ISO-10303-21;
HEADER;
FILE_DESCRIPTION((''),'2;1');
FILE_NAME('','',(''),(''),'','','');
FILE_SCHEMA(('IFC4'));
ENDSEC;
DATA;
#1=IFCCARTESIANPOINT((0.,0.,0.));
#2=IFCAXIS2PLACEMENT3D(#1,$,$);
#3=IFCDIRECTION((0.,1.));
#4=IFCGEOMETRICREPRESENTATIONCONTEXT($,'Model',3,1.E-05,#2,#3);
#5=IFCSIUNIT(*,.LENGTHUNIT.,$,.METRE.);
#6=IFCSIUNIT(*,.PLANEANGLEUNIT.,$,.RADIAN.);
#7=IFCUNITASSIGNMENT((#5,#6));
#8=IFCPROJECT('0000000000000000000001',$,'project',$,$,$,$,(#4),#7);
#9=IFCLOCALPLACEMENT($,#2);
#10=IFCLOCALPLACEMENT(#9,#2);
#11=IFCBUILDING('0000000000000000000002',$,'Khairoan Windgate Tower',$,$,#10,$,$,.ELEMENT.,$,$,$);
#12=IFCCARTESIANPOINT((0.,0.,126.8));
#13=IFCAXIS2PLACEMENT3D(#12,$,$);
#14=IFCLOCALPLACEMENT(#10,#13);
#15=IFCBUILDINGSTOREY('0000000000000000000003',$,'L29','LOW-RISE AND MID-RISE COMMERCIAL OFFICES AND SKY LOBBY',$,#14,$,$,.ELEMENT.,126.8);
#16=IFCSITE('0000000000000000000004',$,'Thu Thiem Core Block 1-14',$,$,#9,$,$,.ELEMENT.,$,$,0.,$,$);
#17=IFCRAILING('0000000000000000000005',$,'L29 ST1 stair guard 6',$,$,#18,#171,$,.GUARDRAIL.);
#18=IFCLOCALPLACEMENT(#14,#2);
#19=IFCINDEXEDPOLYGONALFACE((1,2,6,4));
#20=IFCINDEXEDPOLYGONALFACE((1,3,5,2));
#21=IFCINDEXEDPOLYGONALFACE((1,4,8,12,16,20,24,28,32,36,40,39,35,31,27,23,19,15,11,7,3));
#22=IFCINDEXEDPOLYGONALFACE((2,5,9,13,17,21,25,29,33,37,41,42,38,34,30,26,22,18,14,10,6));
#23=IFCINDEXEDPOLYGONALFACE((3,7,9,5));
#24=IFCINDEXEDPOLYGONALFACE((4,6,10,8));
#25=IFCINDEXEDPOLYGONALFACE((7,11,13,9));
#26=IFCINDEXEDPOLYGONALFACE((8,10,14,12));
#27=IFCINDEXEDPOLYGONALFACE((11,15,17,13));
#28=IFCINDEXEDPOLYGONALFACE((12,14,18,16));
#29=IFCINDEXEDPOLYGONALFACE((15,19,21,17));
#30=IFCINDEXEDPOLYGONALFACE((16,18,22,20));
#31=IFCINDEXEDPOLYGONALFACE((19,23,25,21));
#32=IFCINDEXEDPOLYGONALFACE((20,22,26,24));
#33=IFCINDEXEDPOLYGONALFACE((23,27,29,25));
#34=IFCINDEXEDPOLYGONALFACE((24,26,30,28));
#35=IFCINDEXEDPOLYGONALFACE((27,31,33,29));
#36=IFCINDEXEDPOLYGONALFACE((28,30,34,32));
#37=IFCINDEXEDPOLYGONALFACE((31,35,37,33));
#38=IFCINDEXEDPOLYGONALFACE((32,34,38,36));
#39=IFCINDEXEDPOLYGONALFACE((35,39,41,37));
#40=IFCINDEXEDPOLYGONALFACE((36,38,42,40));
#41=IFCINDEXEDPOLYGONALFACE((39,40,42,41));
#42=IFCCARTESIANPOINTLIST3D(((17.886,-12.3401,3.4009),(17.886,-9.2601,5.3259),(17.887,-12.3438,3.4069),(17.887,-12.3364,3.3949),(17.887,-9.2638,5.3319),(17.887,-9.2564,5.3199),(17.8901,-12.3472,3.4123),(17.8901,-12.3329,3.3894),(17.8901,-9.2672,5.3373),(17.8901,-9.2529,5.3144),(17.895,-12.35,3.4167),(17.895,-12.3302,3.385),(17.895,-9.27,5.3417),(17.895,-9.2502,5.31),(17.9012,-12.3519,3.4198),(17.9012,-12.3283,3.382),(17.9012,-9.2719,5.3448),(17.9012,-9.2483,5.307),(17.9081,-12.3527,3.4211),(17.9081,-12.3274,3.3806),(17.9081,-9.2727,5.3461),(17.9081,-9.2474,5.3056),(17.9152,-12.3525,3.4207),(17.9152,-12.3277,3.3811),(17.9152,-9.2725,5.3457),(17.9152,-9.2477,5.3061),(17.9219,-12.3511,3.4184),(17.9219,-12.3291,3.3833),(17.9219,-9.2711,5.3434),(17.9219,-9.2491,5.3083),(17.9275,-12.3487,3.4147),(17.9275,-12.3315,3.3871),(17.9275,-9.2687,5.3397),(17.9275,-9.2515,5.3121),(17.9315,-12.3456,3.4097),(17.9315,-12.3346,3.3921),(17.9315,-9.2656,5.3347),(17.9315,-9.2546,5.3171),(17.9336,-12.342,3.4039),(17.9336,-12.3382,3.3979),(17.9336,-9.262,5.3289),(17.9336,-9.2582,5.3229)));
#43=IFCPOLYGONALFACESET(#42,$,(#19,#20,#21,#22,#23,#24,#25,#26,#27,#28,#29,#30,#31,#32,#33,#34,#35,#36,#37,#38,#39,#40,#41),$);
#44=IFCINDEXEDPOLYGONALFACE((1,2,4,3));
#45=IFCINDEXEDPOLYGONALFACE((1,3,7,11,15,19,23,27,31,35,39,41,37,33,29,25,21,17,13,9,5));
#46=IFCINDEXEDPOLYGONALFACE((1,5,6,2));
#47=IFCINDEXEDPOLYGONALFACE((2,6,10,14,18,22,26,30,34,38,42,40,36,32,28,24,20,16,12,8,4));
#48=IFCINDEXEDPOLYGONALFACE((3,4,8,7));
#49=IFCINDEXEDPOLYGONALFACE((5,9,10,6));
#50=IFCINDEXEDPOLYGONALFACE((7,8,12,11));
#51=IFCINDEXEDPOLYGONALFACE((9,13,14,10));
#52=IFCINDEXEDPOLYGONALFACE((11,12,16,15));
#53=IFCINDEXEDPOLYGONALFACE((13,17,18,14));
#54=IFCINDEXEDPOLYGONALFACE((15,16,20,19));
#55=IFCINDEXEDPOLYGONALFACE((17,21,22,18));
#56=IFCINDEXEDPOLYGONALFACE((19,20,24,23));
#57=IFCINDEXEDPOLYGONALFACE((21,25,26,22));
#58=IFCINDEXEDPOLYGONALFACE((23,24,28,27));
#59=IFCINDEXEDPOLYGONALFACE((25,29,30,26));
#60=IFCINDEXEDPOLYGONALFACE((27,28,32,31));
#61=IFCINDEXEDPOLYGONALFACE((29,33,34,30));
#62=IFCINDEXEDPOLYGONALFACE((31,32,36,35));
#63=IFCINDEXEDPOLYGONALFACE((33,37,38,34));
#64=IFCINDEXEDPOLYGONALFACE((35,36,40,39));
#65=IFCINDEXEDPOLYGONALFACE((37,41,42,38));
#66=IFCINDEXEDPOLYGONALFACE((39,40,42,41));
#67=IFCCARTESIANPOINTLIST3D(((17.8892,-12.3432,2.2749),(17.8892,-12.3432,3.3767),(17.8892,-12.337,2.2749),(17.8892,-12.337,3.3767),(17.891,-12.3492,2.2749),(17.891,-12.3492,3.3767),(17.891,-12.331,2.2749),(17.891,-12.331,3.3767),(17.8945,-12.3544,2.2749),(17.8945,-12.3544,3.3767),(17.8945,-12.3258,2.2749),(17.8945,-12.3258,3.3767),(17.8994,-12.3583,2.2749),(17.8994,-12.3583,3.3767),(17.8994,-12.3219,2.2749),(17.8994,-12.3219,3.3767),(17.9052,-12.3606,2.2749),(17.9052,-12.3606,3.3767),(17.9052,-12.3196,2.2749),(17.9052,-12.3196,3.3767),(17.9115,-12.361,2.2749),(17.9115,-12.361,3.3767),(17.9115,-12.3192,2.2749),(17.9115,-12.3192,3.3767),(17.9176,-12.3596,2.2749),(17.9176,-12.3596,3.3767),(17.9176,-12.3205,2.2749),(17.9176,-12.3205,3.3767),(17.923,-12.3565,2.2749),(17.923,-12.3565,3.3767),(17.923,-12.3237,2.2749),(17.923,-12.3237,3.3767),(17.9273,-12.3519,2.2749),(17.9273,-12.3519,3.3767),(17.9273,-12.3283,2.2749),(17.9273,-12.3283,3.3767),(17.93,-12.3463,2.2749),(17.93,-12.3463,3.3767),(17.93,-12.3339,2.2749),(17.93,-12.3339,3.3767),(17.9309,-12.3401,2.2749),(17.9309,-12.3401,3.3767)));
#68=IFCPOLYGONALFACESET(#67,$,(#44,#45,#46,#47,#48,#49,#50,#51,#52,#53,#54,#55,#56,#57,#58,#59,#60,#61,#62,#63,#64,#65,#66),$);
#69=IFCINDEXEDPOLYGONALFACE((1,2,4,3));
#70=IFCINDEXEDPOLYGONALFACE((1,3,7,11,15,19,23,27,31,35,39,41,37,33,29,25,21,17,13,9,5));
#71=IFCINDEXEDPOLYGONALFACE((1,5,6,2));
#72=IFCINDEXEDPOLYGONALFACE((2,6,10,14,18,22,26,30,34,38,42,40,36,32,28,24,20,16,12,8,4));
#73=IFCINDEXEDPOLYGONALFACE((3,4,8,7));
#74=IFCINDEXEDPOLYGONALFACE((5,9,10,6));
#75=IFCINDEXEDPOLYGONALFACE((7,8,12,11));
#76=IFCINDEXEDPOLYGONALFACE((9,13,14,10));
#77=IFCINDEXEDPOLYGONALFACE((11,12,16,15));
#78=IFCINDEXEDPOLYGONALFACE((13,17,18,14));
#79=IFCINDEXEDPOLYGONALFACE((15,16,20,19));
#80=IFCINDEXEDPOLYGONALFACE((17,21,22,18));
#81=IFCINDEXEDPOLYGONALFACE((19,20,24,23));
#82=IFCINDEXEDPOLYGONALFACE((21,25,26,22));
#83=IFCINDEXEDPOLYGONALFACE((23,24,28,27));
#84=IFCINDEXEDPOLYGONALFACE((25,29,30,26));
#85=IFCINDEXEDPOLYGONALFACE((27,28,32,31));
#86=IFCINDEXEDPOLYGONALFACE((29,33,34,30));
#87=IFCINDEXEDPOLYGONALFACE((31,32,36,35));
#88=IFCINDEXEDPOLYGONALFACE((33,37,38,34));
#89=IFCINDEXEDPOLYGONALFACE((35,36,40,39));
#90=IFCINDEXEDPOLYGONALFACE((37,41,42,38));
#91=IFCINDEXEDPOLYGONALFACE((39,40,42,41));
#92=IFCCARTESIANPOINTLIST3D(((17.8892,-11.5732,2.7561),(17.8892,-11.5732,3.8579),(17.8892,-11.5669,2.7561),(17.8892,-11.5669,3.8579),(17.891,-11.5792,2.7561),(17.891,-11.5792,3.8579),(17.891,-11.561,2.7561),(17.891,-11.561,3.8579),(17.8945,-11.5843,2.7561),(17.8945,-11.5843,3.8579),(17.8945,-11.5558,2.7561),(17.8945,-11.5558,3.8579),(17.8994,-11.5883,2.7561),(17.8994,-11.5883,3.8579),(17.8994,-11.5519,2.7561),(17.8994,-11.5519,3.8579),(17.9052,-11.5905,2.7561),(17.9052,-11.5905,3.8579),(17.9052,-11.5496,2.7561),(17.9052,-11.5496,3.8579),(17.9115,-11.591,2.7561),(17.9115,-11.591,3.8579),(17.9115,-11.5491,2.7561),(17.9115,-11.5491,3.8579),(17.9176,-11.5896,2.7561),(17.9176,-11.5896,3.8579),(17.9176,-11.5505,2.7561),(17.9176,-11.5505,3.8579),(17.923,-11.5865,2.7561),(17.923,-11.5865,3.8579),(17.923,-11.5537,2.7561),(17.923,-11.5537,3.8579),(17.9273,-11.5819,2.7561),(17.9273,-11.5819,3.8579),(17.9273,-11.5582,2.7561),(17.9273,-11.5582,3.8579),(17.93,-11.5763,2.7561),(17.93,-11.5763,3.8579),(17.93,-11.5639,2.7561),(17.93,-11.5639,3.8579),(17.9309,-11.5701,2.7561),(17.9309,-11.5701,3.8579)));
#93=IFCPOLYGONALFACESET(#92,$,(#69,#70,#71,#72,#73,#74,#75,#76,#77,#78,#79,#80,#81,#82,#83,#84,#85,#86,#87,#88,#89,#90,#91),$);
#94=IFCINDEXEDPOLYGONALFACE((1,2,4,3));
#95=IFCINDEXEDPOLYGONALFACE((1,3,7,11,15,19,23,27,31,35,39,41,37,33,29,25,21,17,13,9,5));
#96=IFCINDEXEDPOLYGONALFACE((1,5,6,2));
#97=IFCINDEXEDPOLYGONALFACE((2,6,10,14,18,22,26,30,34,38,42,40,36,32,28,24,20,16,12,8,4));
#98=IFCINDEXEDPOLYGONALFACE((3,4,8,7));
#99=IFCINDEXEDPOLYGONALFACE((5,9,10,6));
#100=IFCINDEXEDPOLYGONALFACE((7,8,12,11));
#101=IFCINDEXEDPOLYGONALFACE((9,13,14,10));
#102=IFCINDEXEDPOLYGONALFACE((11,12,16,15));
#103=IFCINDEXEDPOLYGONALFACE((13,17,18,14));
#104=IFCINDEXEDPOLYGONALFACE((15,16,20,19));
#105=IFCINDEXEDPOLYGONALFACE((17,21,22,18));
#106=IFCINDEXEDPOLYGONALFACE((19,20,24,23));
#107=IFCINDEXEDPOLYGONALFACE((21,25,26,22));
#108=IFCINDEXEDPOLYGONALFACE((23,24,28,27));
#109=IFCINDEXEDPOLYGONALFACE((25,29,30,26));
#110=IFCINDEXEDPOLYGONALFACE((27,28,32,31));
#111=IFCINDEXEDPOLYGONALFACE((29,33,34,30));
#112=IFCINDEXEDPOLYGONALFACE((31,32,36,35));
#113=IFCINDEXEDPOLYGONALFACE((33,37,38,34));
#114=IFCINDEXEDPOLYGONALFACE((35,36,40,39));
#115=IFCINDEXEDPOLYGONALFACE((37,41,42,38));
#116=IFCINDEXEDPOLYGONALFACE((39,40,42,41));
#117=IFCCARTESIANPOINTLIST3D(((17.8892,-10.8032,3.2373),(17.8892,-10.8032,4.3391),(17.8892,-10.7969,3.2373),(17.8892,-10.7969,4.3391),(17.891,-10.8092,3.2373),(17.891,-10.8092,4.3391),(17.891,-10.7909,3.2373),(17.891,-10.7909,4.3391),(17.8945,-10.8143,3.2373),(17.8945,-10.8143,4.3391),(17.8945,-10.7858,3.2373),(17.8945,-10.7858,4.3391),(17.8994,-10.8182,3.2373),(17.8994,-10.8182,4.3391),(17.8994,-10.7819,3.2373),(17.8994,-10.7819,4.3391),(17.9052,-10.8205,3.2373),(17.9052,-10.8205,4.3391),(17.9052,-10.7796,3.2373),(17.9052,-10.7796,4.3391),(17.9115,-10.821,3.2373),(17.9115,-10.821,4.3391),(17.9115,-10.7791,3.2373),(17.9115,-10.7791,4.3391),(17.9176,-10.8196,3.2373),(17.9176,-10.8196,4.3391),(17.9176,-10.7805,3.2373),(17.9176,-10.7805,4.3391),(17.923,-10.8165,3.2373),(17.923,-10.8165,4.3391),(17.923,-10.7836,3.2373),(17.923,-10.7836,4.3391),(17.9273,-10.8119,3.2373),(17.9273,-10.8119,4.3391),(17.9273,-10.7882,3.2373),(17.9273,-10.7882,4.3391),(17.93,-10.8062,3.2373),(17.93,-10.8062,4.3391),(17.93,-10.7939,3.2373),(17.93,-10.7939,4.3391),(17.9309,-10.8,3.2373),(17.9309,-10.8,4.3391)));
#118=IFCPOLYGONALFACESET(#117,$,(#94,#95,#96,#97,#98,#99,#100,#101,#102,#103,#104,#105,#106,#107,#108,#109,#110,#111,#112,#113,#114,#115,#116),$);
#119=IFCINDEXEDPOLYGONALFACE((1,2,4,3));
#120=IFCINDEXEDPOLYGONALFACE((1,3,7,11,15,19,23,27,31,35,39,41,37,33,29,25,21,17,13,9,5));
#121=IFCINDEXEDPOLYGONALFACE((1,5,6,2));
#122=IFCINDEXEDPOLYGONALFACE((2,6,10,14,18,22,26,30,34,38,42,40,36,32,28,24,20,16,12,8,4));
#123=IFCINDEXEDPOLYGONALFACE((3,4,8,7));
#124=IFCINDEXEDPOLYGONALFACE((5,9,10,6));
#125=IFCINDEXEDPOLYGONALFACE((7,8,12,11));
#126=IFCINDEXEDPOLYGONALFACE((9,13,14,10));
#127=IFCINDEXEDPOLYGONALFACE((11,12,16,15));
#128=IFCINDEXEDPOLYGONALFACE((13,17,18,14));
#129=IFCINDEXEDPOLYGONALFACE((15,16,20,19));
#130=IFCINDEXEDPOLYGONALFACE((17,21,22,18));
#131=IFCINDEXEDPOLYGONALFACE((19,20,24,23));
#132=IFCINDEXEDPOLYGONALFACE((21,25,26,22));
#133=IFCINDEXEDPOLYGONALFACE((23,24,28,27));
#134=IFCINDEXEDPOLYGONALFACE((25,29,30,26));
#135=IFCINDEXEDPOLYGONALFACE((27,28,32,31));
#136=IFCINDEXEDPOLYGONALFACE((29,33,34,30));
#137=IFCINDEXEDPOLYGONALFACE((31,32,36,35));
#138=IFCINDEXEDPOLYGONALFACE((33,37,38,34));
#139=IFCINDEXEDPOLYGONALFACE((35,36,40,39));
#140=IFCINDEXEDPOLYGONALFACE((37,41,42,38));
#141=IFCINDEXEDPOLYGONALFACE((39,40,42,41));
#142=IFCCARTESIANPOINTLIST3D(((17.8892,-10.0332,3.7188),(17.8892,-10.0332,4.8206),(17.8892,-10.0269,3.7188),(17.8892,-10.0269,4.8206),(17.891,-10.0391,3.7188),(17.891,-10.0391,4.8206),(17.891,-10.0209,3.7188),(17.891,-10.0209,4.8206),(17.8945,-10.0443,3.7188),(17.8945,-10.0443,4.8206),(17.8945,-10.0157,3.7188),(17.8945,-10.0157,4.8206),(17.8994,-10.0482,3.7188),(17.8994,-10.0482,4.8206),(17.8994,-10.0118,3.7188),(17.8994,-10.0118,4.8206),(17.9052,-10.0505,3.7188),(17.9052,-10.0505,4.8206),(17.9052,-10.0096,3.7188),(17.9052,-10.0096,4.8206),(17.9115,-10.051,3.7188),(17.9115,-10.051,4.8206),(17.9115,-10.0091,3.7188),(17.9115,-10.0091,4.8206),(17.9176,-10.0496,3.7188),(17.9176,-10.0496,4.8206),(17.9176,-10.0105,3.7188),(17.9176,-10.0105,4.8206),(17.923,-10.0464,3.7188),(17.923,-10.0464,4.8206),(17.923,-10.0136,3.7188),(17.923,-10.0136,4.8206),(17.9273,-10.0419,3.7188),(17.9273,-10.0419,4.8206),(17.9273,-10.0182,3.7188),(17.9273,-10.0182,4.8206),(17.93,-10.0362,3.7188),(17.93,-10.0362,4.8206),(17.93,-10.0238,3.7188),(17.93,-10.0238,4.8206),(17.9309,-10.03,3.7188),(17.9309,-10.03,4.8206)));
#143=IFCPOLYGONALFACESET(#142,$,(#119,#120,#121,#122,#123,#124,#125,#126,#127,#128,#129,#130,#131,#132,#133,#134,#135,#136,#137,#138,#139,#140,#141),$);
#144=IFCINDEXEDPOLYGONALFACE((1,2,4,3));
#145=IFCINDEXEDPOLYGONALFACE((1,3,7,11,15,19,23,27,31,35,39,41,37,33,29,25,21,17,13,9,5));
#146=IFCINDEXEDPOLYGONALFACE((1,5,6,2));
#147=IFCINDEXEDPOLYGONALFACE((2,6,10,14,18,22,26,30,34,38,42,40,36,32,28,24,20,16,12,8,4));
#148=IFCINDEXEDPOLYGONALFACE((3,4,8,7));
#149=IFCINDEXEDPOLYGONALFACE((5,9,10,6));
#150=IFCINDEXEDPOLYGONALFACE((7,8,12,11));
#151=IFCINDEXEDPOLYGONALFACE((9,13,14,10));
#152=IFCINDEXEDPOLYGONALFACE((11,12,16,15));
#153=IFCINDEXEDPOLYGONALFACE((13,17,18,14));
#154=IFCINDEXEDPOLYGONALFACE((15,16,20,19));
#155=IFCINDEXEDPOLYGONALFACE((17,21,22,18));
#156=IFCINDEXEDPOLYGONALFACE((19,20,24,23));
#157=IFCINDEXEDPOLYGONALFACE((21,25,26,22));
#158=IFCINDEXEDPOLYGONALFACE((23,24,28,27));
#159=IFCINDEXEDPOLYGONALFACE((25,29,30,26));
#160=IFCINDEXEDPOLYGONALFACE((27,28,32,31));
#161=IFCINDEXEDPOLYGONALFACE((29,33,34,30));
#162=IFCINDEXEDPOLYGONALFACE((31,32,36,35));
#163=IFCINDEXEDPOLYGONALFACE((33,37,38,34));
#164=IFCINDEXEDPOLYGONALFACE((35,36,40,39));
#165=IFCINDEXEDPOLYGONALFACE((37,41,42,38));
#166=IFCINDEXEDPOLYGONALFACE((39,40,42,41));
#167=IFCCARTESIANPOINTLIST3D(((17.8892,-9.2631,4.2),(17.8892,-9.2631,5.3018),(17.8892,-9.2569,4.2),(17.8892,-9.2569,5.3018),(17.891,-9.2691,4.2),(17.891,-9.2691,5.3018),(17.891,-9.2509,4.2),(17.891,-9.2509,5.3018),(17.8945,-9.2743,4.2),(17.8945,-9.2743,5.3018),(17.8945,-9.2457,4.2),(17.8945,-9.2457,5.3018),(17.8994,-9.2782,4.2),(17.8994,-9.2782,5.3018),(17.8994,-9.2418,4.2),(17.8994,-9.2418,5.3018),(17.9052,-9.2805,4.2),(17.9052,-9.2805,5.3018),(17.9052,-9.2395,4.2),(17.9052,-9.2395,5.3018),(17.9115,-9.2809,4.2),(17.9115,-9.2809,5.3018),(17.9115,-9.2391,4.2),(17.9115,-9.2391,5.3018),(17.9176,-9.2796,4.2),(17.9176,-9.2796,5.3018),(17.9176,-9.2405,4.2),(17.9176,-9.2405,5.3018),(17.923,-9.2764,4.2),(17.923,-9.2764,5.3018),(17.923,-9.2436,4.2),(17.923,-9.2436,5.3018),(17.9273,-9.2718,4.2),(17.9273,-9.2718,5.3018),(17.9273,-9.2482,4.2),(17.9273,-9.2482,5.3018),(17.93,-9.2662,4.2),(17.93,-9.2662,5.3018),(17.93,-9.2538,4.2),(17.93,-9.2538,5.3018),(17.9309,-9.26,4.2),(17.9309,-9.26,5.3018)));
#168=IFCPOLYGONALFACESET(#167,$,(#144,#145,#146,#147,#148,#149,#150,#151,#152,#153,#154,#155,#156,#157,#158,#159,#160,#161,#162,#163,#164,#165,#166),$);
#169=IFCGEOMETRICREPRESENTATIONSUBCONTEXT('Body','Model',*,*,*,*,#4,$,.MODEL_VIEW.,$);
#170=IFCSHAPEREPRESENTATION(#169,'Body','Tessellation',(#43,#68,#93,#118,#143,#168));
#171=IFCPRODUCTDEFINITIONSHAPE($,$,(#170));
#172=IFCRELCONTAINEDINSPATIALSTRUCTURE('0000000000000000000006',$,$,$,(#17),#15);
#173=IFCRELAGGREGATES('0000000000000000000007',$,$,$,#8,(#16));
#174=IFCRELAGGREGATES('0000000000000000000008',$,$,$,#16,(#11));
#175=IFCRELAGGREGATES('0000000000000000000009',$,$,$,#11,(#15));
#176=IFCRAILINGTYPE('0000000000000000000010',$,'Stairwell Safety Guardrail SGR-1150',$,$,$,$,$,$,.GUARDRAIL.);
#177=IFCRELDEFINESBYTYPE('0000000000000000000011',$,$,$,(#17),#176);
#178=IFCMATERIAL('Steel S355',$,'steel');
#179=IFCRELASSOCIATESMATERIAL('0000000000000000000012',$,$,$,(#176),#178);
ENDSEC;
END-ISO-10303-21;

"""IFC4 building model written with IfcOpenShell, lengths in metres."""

from ifc_helpers import new_model, si_unit, direction, frame, origin, origin_2d, place, context, subcontext, project, spatial, circle, extrude, material, type_object, element, save


model = new_model("IFC4")

# Units and contexts
model_context = context("Model", 3, precision=1e-05, world=origin(), true_north=direction((0.0, 1.0)))
body_context = subcontext(model_context, "Body", "Model", "MODEL_VIEW")
ifc_project = project(units=[si_unit("LENGTHUNIT", "METRE"), si_unit("PLANEANGLEUNIT", "RADIAN")], contexts=[model_context])

# Site, building, storey
site_placement = place(None, origin())
site = spatial("IfcSite", under=ifc_project, at=site_placement, Name="Thu Thiem Core Block 1-14", CompositionType="ELEMENT", RefElevation=0.0)
building_placement = place(site_placement, origin())
building = spatial("IfcBuilding", under=site, at=building_placement, Name="Khairoan Windgate Tower", CompositionType="ELEMENT")
storey_placement = place(building_placement, frame((0.0, 0.0, 126.8)))
storey = spatial("IfcBuildingStorey", under=building, at=storey_placement, Name="L29", Description="LOW-RISE AND MID-RISE COMMERCIAL OFFICES AND SKY LOBBY", CompositionType="ELEMENT", Elevation=126.8)

# Railing
ifc_material_1 = material(Name="Steel S355", Category="steel")
railing_type_1 = type_object("IfcRailingType", Name="Stairwell Safety Guardrail SGR-1150", PredefinedType="GUARDRAIL", material=ifc_material_1)
railing_1_placement = place(storey_placement, frame((17.9099, -12.3401, 2.2749)))
element("IfcRailing", 1, at=railing_1_placement, inside=storey, type_object=railing_type_1, Name="L29 ST1 stair guard 6", PredefinedType="GUARDRAIL", context=body_context, shape_type="SweptSolid", body=[
    extrude(circle(Radius=0.0239, at=origin_2d()), frame((0.0, 0.0, 1.126), z_axis=(0.0, 0.847998, 0.529999), x_axis=(-1.0, 0.0, 0.0)), (0.0, 0.0, 1.0), 3.6321),
    extrude(circle(Radius=0.021, at=origin_2d()), origin(), (0.0, 0.0, 1.0), 1.1018),
    extrude(circle(Radius=0.021, at=origin_2d()), frame((0.0, 0.77, 0.4812)), (0.0, 0.0, 1.0), 1.1018),
    extrude(circle(Radius=0.021, at=origin_2d()), frame((0.0, 1.54, 0.9624)), (0.0, 0.0, 1.0), 1.1018),
    extrude(circle(Radius=0.021, at=origin_2d()), frame((0.0, 2.3101, 1.4438)), (0.0, 0.0, 1.0), 1.1018),
    extrude(circle(Radius=0.021, at=origin_2d()), frame((0.0, 3.0801, 1.925)), (0.0, 0.0, 1.0), 1.1018),
])

save(model, "model.ifc")
